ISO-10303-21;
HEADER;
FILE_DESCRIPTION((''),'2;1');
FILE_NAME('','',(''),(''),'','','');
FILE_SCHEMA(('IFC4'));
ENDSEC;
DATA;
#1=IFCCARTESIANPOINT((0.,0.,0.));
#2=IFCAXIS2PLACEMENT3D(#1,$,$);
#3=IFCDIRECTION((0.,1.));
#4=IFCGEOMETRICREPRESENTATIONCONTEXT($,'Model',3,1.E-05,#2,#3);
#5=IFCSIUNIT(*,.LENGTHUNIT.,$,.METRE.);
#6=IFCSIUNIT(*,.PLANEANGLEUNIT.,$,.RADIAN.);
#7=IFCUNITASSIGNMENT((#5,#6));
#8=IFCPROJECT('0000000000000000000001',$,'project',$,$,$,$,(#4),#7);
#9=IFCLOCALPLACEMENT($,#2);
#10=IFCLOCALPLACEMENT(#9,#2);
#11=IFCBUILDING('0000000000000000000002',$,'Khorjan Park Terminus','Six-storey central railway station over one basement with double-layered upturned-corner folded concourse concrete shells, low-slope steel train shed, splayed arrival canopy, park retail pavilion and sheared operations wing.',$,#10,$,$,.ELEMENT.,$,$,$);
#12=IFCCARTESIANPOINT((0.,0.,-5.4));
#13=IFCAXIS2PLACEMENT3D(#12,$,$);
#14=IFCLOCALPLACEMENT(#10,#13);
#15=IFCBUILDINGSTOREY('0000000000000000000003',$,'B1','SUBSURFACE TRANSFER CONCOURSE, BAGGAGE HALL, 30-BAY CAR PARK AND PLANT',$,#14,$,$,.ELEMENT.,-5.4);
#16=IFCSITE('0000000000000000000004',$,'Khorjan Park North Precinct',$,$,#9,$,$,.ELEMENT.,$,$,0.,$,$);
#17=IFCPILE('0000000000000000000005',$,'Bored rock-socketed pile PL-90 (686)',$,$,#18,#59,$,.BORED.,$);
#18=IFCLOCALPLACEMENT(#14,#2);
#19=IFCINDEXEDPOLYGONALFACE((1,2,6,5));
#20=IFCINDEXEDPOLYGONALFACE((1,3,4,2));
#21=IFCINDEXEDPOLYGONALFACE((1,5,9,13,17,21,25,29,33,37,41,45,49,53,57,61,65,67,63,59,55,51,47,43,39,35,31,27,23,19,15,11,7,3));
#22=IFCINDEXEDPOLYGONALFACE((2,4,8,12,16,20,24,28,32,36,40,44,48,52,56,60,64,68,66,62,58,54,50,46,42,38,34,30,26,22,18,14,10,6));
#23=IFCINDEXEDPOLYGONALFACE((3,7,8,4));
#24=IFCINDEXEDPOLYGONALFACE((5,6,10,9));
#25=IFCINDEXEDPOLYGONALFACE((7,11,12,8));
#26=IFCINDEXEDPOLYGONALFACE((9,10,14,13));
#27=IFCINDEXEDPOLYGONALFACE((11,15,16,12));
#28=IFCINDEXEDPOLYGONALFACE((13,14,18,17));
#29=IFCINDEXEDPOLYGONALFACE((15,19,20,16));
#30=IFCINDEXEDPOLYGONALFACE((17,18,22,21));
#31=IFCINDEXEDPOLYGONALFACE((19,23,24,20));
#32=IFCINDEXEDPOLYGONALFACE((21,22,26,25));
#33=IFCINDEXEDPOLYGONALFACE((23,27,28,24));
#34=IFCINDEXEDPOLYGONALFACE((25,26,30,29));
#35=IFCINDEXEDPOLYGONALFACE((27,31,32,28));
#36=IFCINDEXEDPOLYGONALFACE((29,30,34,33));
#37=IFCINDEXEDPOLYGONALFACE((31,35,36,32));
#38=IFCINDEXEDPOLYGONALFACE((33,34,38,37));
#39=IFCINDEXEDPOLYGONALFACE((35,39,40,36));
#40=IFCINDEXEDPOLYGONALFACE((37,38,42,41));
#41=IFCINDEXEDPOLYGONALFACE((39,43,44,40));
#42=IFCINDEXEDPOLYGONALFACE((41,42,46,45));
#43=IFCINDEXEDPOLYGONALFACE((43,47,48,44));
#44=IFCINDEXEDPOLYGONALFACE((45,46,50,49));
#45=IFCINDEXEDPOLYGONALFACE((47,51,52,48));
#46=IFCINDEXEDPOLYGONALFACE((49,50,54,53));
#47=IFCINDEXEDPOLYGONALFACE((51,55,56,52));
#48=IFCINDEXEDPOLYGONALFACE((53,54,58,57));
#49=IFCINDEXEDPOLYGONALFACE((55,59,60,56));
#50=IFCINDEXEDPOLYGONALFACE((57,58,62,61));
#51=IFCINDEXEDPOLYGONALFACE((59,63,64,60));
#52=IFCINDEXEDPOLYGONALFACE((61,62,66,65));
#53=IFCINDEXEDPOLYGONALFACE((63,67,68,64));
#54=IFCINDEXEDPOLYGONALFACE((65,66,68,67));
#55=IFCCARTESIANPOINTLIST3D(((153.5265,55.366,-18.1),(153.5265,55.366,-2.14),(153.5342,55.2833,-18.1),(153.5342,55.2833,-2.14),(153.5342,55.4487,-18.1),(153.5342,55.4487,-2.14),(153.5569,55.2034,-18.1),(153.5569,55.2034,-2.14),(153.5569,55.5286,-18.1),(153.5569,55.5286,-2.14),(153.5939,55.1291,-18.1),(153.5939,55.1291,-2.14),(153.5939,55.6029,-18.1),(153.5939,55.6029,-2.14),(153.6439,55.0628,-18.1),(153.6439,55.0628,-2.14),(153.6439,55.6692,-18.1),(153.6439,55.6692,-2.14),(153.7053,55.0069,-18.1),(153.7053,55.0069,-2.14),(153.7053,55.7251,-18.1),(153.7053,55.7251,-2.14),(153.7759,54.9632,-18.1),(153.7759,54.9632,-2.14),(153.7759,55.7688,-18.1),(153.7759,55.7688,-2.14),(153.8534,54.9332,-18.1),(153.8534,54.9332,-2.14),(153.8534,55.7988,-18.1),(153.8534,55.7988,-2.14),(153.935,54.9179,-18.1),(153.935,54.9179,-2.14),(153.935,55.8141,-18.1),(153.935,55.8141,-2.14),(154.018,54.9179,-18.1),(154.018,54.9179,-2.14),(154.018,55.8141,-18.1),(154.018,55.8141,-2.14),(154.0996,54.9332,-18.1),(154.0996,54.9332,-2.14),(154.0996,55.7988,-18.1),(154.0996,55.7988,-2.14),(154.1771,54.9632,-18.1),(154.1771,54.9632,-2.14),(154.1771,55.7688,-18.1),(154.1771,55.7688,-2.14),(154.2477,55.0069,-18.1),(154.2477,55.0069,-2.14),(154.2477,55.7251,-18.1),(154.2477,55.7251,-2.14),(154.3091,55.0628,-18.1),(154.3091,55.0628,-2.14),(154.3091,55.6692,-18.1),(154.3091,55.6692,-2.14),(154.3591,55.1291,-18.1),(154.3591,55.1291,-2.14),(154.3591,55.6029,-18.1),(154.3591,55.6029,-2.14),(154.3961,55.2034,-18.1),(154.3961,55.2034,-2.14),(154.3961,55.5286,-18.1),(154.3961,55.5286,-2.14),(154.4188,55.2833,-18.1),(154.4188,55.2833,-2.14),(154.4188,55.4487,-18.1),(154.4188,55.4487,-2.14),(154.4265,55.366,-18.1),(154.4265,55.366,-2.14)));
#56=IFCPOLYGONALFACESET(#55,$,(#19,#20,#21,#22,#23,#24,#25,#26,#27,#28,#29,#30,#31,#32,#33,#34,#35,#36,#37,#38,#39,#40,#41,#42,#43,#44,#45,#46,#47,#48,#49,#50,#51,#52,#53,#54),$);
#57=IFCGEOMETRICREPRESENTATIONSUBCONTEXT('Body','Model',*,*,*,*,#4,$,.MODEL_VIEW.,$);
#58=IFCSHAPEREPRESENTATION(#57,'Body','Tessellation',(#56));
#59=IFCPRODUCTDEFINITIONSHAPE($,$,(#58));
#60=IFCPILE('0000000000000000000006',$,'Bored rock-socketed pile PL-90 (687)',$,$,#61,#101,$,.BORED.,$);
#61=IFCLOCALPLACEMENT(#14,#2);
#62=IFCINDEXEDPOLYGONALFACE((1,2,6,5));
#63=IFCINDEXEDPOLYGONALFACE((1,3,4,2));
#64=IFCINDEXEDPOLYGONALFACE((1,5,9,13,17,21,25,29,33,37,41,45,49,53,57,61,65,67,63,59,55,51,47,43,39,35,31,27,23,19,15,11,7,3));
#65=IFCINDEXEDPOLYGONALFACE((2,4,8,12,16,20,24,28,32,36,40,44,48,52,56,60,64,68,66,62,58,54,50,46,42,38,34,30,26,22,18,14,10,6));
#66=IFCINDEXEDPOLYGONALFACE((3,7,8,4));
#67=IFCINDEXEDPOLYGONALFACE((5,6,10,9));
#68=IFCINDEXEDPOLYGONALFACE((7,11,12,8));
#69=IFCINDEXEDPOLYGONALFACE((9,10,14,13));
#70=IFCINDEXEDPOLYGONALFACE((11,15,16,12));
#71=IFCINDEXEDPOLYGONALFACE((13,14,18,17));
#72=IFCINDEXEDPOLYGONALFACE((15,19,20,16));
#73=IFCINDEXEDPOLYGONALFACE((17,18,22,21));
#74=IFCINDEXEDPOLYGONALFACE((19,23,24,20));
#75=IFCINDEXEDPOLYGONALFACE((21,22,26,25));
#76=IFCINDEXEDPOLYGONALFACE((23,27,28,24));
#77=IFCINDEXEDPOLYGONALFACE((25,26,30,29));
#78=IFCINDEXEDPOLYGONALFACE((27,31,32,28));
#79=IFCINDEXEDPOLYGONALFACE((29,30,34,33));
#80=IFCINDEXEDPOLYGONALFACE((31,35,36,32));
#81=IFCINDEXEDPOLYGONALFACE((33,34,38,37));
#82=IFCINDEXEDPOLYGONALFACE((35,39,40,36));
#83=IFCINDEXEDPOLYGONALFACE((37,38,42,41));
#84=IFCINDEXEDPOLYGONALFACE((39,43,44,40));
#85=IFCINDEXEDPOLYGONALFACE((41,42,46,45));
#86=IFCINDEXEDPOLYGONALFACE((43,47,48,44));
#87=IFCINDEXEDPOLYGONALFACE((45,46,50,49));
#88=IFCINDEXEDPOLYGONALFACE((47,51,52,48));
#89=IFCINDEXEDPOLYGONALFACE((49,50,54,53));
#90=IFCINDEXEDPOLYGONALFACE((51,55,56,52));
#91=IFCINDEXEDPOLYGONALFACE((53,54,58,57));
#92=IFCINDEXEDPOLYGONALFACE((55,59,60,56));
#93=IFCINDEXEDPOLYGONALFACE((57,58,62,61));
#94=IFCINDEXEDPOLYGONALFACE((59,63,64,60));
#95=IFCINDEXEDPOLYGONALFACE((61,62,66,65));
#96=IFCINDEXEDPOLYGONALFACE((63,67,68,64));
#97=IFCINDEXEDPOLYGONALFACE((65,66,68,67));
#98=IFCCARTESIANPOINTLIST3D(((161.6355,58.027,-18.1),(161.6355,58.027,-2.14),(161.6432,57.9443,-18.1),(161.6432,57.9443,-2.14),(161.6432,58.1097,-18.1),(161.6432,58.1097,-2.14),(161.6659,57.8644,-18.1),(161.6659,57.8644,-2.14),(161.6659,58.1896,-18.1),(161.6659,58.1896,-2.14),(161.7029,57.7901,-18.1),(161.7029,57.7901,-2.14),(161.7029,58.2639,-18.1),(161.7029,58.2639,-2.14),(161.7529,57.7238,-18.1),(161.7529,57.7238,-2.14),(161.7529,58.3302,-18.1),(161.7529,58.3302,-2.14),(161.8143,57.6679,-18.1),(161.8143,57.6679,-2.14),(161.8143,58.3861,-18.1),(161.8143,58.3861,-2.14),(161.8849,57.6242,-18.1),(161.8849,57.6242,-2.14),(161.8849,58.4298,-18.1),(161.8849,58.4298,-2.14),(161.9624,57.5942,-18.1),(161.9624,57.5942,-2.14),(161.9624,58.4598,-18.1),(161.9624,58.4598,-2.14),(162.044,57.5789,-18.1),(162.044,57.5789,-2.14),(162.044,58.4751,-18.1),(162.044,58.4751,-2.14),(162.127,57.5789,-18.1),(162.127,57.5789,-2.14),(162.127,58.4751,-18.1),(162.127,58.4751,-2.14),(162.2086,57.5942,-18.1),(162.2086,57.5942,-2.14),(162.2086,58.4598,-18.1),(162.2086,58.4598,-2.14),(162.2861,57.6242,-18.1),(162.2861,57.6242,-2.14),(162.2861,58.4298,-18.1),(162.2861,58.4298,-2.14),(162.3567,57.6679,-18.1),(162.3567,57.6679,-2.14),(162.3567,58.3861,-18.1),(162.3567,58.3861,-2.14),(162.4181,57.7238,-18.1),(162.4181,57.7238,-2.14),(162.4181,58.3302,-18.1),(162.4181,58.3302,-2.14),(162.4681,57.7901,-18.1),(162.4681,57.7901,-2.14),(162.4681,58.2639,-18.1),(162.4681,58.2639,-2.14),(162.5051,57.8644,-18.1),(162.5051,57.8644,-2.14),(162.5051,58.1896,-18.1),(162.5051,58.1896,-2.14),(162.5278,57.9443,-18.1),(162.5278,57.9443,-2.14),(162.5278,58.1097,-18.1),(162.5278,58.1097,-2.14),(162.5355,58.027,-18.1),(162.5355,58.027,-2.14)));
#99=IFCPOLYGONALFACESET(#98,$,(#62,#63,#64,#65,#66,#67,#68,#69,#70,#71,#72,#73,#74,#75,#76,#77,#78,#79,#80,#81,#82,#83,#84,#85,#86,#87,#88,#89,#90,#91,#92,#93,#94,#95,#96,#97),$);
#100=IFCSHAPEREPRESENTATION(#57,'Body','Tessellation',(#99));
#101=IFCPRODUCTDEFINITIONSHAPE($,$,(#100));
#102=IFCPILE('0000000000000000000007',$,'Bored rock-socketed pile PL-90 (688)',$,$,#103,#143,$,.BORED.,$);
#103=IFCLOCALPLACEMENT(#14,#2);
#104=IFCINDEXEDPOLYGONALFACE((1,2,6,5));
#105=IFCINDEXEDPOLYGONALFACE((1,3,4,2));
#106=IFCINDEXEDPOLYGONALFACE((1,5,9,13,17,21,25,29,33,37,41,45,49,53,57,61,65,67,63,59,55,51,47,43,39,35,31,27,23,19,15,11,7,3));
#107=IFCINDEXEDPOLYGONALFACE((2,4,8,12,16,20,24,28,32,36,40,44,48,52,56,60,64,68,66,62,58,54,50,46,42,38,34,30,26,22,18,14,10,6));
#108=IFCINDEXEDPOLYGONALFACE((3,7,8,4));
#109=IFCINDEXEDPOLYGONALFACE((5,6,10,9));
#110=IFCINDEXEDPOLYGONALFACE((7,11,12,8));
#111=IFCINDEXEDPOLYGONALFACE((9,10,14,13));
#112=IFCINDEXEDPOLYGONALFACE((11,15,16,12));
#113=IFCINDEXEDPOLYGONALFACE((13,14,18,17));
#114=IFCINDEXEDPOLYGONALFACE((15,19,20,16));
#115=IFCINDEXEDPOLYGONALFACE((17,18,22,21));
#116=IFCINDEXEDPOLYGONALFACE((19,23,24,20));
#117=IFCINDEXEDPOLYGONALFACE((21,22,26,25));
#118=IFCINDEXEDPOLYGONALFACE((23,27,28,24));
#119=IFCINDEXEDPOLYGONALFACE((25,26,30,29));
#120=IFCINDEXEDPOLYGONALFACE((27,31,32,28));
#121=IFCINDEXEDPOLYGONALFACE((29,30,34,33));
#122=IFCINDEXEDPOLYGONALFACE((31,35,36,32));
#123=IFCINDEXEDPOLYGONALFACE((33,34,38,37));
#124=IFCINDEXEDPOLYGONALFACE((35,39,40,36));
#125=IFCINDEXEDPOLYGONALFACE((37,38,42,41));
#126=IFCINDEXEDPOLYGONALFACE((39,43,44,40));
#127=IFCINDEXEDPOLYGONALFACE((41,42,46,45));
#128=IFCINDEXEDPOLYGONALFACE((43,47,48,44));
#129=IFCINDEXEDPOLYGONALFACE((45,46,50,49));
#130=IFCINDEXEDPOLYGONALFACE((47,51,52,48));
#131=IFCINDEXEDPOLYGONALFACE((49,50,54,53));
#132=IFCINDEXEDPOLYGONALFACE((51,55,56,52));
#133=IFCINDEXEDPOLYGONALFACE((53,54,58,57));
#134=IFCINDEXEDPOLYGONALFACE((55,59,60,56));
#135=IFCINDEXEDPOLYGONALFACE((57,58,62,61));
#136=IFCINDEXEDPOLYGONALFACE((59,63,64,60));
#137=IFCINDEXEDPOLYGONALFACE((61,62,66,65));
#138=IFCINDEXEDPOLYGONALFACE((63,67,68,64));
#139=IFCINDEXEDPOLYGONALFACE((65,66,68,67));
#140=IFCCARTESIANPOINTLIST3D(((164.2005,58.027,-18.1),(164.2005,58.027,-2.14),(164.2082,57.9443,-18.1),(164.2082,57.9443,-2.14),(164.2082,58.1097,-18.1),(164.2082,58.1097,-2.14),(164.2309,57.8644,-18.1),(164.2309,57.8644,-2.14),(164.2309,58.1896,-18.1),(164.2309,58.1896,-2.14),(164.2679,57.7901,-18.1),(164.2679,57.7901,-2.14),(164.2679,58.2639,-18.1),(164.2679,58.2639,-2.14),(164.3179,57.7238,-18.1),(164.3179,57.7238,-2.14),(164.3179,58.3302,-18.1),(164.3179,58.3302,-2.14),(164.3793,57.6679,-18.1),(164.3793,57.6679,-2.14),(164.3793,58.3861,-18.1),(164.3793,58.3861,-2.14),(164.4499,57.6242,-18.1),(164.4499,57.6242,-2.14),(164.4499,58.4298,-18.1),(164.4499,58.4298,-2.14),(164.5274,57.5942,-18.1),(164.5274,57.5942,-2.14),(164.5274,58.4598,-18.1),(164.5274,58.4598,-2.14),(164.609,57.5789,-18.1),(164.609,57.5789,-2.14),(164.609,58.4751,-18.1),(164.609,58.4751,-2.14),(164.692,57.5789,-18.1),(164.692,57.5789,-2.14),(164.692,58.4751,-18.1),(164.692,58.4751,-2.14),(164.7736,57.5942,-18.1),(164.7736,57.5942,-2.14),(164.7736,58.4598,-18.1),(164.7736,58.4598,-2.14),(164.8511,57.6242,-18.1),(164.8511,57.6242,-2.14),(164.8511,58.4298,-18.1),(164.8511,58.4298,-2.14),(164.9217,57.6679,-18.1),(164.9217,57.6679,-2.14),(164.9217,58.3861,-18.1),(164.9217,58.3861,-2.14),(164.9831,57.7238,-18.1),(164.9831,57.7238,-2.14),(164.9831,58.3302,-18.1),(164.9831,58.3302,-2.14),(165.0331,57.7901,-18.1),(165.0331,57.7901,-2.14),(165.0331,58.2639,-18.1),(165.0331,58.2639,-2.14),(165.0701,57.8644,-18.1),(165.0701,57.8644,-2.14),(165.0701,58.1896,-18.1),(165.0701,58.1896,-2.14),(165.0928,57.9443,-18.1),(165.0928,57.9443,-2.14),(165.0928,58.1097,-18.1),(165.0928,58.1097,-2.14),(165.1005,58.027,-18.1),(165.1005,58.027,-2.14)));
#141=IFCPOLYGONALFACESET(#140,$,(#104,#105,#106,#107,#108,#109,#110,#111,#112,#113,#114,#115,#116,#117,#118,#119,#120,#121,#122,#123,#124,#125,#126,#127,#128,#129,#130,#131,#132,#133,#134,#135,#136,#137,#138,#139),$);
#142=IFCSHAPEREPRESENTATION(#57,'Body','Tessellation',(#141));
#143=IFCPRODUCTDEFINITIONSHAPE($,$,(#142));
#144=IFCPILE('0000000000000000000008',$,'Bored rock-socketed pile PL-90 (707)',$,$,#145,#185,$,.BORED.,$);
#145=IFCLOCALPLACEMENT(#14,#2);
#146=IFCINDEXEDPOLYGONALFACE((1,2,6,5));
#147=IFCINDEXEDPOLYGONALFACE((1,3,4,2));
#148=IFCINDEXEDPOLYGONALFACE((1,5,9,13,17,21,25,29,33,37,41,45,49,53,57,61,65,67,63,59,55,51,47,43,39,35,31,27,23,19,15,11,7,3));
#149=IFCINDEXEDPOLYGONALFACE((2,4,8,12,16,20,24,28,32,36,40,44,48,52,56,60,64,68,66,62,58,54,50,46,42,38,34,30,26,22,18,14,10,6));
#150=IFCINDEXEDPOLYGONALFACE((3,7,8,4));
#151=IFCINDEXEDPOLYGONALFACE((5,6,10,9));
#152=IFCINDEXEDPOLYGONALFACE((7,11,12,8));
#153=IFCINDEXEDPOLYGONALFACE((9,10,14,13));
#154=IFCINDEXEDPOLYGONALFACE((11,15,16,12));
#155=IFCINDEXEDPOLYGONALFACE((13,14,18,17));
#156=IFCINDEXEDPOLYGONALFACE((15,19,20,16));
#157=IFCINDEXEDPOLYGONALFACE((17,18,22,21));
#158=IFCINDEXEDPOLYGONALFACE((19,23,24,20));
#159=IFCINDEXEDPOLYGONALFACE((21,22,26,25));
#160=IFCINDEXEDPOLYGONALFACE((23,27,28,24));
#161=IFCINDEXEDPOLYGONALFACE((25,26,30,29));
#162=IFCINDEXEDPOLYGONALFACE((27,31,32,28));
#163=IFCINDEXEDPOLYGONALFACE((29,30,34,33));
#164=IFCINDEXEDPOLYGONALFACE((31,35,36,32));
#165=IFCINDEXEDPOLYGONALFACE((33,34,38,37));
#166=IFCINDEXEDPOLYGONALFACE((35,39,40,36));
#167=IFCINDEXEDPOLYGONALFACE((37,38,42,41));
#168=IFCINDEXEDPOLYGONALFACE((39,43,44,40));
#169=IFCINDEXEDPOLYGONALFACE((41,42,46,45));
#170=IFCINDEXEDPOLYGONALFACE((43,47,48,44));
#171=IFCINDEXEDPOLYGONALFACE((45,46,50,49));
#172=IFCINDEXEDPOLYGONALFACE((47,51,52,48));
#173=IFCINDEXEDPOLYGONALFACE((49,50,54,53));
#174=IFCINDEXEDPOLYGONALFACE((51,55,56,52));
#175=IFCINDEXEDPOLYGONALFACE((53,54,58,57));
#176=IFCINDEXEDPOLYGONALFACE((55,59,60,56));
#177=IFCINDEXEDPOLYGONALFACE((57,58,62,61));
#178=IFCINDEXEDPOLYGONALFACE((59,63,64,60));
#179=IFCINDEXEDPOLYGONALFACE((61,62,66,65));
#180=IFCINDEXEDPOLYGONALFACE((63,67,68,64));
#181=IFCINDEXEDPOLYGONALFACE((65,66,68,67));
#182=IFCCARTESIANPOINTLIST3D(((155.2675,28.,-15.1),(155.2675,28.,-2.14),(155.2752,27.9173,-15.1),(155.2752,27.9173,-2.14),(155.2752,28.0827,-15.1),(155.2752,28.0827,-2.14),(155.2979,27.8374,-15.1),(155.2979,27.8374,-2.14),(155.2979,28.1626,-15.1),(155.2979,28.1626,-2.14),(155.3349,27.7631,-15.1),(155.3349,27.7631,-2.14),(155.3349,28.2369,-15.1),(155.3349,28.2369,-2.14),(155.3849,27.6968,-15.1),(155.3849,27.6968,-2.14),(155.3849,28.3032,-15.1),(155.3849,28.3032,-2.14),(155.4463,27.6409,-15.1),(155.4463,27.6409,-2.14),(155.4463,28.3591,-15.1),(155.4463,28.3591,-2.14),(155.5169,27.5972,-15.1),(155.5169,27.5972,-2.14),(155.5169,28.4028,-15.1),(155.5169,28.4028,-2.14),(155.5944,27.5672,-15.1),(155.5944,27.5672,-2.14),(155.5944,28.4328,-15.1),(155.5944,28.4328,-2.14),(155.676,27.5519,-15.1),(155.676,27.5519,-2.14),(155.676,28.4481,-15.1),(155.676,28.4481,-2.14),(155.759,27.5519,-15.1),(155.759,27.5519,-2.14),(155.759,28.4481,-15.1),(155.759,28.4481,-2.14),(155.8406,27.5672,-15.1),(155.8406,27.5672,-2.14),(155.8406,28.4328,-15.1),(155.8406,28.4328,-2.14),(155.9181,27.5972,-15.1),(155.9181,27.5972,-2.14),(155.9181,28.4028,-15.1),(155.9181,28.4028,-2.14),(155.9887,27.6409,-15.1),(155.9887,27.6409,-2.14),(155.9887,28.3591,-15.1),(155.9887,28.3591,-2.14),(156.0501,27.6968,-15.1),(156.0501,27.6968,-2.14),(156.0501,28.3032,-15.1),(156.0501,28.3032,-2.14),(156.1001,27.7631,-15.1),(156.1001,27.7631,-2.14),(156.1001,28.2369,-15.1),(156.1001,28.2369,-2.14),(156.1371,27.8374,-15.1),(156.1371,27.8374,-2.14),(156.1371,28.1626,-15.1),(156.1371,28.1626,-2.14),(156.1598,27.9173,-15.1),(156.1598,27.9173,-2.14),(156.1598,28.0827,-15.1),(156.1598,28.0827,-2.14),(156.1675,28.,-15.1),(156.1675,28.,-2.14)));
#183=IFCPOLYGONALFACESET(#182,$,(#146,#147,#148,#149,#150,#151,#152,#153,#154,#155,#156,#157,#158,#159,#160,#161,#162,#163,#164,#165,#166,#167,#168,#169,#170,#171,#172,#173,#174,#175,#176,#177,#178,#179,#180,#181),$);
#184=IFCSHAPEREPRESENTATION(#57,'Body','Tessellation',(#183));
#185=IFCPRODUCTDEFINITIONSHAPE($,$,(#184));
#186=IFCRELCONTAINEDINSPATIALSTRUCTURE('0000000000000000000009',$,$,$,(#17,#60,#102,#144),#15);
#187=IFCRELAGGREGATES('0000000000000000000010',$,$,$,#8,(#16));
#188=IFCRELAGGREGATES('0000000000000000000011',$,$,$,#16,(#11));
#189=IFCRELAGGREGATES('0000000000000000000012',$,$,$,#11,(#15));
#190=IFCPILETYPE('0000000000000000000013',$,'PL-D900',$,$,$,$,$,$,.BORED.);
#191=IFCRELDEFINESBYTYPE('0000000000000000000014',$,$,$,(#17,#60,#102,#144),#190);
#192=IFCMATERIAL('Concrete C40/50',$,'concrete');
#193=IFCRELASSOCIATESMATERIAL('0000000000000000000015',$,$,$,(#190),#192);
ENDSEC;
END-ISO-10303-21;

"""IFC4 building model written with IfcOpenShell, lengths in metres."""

from ifc_helpers import new_model, si_unit, direction, frame, origin, origin_2d, place, context, subcontext, project, spatial, circle, extrude, material, material_profile, profile_set, type_object, element, save


model = new_model("IFC4")

# Units and contexts
model_context = context("Model", 3, precision=1e-05, world=origin(), true_north=direction((0.0, 1.0)))
body_context = subcontext(model_context, "Body", "Model", "MODEL_VIEW")
ifc_project = project(units=[si_unit("LENGTHUNIT", "METRE"), si_unit("PLANEANGLEUNIT", "RADIAN")], contexts=[model_context])

# Site, building, storey
site_placement = place(None, origin())
site = spatial("IfcSite", under=ifc_project, at=site_placement, Name="Khorjan Park North Precinct", CompositionType="ELEMENT", RefElevation=0.0)
building_placement = place(site_placement, origin())
building = spatial("IfcBuilding", under=site, at=building_placement, Name="Khorjan Park Terminus", Description="Six-storey central railway station over one basement with double-layered upturned-corner folded concourse concrete shells, low-slope steel train shed, splayed arrival canopy, park retail pavilion and sheared operations wing.", CompositionType="ELEMENT")
storey_placement = place(building_placement, frame((0.0, 0.0, -5.4)))
storey = spatial("IfcBuildingStorey", under=building, at=storey_placement, Name="B1", Description="SUBSURFACE TRANSFER CONCOURSE, BAGGAGE HALL, 30-BAY CAR PARK AND PLANT", CompositionType="ELEMENT", Elevation=-5.4)

# Piles
ifc_material_1 = material(Name="Concrete C40/50", Category="concrete")
ifc_material_profile_1 = material_profile(ifc_material_1, circle(Radius=0.45, at=origin_2d()), Name="BORED D900")
ifc_profile_set_1 = profile_set([ifc_material_profile_1], Name="Concrete C40/50")
pile_type_1 = type_object("IfcPileType", Name="PL-D900", PredefinedType="BORED", material=ifc_profile_set_1)
for number, where, z_axis, x_axis, name in (
    (1, (153.9765, 55.366, -2.14), (0.0, 0.0, -1.0), (1.0, 0.0, 0.0), "Bored rock-socketed pile PL-90 (686)"),
    (2, (162.0855, 58.027, -2.14), (0.0, 0.0, -1.0), (1.0, 0.0, 0.0), "Bored rock-socketed pile PL-90 (687)"),
    (3, (164.6505, 58.027, -2.14), (0.0, 0.0, -1.0), (1.0, 0.0, 0.0), "Bored rock-socketed pile PL-90 (688)"),
):
    element("IfcPile", number, at=place(storey_placement, frame(where, z_axis=z_axis, x_axis=x_axis)), inside=storey, type_object=pile_type_1, Name=name, PredefinedType="BORED", context=body_context, shape_type="SweptSolid", body=[
        extrude(circle(Radius=0.45, at=origin_2d()), origin(), (0.0, 0.0, 1.0), 15.96),
    ])
for number, where, z_axis, x_axis, name in (
    (4, (155.7175, 28.0, -2.14), (0.0, 0.0, -1.0), (1.0, 0.0, 0.0), "Bored rock-socketed pile PL-90 (707)"),
):
    element("IfcPile", number, at=place(storey_placement, frame(where, z_axis=z_axis, x_axis=x_axis)), inside=storey, type_object=pile_type_1, Name=name, PredefinedType="BORED", context=body_context, shape_type="SweptSolid", body=[
        extrude(circle(Radius=0.45, at=origin_2d()), origin(), (0.0, 0.0, 1.0), 12.96),
    ])

save(model, "model.ifc")
